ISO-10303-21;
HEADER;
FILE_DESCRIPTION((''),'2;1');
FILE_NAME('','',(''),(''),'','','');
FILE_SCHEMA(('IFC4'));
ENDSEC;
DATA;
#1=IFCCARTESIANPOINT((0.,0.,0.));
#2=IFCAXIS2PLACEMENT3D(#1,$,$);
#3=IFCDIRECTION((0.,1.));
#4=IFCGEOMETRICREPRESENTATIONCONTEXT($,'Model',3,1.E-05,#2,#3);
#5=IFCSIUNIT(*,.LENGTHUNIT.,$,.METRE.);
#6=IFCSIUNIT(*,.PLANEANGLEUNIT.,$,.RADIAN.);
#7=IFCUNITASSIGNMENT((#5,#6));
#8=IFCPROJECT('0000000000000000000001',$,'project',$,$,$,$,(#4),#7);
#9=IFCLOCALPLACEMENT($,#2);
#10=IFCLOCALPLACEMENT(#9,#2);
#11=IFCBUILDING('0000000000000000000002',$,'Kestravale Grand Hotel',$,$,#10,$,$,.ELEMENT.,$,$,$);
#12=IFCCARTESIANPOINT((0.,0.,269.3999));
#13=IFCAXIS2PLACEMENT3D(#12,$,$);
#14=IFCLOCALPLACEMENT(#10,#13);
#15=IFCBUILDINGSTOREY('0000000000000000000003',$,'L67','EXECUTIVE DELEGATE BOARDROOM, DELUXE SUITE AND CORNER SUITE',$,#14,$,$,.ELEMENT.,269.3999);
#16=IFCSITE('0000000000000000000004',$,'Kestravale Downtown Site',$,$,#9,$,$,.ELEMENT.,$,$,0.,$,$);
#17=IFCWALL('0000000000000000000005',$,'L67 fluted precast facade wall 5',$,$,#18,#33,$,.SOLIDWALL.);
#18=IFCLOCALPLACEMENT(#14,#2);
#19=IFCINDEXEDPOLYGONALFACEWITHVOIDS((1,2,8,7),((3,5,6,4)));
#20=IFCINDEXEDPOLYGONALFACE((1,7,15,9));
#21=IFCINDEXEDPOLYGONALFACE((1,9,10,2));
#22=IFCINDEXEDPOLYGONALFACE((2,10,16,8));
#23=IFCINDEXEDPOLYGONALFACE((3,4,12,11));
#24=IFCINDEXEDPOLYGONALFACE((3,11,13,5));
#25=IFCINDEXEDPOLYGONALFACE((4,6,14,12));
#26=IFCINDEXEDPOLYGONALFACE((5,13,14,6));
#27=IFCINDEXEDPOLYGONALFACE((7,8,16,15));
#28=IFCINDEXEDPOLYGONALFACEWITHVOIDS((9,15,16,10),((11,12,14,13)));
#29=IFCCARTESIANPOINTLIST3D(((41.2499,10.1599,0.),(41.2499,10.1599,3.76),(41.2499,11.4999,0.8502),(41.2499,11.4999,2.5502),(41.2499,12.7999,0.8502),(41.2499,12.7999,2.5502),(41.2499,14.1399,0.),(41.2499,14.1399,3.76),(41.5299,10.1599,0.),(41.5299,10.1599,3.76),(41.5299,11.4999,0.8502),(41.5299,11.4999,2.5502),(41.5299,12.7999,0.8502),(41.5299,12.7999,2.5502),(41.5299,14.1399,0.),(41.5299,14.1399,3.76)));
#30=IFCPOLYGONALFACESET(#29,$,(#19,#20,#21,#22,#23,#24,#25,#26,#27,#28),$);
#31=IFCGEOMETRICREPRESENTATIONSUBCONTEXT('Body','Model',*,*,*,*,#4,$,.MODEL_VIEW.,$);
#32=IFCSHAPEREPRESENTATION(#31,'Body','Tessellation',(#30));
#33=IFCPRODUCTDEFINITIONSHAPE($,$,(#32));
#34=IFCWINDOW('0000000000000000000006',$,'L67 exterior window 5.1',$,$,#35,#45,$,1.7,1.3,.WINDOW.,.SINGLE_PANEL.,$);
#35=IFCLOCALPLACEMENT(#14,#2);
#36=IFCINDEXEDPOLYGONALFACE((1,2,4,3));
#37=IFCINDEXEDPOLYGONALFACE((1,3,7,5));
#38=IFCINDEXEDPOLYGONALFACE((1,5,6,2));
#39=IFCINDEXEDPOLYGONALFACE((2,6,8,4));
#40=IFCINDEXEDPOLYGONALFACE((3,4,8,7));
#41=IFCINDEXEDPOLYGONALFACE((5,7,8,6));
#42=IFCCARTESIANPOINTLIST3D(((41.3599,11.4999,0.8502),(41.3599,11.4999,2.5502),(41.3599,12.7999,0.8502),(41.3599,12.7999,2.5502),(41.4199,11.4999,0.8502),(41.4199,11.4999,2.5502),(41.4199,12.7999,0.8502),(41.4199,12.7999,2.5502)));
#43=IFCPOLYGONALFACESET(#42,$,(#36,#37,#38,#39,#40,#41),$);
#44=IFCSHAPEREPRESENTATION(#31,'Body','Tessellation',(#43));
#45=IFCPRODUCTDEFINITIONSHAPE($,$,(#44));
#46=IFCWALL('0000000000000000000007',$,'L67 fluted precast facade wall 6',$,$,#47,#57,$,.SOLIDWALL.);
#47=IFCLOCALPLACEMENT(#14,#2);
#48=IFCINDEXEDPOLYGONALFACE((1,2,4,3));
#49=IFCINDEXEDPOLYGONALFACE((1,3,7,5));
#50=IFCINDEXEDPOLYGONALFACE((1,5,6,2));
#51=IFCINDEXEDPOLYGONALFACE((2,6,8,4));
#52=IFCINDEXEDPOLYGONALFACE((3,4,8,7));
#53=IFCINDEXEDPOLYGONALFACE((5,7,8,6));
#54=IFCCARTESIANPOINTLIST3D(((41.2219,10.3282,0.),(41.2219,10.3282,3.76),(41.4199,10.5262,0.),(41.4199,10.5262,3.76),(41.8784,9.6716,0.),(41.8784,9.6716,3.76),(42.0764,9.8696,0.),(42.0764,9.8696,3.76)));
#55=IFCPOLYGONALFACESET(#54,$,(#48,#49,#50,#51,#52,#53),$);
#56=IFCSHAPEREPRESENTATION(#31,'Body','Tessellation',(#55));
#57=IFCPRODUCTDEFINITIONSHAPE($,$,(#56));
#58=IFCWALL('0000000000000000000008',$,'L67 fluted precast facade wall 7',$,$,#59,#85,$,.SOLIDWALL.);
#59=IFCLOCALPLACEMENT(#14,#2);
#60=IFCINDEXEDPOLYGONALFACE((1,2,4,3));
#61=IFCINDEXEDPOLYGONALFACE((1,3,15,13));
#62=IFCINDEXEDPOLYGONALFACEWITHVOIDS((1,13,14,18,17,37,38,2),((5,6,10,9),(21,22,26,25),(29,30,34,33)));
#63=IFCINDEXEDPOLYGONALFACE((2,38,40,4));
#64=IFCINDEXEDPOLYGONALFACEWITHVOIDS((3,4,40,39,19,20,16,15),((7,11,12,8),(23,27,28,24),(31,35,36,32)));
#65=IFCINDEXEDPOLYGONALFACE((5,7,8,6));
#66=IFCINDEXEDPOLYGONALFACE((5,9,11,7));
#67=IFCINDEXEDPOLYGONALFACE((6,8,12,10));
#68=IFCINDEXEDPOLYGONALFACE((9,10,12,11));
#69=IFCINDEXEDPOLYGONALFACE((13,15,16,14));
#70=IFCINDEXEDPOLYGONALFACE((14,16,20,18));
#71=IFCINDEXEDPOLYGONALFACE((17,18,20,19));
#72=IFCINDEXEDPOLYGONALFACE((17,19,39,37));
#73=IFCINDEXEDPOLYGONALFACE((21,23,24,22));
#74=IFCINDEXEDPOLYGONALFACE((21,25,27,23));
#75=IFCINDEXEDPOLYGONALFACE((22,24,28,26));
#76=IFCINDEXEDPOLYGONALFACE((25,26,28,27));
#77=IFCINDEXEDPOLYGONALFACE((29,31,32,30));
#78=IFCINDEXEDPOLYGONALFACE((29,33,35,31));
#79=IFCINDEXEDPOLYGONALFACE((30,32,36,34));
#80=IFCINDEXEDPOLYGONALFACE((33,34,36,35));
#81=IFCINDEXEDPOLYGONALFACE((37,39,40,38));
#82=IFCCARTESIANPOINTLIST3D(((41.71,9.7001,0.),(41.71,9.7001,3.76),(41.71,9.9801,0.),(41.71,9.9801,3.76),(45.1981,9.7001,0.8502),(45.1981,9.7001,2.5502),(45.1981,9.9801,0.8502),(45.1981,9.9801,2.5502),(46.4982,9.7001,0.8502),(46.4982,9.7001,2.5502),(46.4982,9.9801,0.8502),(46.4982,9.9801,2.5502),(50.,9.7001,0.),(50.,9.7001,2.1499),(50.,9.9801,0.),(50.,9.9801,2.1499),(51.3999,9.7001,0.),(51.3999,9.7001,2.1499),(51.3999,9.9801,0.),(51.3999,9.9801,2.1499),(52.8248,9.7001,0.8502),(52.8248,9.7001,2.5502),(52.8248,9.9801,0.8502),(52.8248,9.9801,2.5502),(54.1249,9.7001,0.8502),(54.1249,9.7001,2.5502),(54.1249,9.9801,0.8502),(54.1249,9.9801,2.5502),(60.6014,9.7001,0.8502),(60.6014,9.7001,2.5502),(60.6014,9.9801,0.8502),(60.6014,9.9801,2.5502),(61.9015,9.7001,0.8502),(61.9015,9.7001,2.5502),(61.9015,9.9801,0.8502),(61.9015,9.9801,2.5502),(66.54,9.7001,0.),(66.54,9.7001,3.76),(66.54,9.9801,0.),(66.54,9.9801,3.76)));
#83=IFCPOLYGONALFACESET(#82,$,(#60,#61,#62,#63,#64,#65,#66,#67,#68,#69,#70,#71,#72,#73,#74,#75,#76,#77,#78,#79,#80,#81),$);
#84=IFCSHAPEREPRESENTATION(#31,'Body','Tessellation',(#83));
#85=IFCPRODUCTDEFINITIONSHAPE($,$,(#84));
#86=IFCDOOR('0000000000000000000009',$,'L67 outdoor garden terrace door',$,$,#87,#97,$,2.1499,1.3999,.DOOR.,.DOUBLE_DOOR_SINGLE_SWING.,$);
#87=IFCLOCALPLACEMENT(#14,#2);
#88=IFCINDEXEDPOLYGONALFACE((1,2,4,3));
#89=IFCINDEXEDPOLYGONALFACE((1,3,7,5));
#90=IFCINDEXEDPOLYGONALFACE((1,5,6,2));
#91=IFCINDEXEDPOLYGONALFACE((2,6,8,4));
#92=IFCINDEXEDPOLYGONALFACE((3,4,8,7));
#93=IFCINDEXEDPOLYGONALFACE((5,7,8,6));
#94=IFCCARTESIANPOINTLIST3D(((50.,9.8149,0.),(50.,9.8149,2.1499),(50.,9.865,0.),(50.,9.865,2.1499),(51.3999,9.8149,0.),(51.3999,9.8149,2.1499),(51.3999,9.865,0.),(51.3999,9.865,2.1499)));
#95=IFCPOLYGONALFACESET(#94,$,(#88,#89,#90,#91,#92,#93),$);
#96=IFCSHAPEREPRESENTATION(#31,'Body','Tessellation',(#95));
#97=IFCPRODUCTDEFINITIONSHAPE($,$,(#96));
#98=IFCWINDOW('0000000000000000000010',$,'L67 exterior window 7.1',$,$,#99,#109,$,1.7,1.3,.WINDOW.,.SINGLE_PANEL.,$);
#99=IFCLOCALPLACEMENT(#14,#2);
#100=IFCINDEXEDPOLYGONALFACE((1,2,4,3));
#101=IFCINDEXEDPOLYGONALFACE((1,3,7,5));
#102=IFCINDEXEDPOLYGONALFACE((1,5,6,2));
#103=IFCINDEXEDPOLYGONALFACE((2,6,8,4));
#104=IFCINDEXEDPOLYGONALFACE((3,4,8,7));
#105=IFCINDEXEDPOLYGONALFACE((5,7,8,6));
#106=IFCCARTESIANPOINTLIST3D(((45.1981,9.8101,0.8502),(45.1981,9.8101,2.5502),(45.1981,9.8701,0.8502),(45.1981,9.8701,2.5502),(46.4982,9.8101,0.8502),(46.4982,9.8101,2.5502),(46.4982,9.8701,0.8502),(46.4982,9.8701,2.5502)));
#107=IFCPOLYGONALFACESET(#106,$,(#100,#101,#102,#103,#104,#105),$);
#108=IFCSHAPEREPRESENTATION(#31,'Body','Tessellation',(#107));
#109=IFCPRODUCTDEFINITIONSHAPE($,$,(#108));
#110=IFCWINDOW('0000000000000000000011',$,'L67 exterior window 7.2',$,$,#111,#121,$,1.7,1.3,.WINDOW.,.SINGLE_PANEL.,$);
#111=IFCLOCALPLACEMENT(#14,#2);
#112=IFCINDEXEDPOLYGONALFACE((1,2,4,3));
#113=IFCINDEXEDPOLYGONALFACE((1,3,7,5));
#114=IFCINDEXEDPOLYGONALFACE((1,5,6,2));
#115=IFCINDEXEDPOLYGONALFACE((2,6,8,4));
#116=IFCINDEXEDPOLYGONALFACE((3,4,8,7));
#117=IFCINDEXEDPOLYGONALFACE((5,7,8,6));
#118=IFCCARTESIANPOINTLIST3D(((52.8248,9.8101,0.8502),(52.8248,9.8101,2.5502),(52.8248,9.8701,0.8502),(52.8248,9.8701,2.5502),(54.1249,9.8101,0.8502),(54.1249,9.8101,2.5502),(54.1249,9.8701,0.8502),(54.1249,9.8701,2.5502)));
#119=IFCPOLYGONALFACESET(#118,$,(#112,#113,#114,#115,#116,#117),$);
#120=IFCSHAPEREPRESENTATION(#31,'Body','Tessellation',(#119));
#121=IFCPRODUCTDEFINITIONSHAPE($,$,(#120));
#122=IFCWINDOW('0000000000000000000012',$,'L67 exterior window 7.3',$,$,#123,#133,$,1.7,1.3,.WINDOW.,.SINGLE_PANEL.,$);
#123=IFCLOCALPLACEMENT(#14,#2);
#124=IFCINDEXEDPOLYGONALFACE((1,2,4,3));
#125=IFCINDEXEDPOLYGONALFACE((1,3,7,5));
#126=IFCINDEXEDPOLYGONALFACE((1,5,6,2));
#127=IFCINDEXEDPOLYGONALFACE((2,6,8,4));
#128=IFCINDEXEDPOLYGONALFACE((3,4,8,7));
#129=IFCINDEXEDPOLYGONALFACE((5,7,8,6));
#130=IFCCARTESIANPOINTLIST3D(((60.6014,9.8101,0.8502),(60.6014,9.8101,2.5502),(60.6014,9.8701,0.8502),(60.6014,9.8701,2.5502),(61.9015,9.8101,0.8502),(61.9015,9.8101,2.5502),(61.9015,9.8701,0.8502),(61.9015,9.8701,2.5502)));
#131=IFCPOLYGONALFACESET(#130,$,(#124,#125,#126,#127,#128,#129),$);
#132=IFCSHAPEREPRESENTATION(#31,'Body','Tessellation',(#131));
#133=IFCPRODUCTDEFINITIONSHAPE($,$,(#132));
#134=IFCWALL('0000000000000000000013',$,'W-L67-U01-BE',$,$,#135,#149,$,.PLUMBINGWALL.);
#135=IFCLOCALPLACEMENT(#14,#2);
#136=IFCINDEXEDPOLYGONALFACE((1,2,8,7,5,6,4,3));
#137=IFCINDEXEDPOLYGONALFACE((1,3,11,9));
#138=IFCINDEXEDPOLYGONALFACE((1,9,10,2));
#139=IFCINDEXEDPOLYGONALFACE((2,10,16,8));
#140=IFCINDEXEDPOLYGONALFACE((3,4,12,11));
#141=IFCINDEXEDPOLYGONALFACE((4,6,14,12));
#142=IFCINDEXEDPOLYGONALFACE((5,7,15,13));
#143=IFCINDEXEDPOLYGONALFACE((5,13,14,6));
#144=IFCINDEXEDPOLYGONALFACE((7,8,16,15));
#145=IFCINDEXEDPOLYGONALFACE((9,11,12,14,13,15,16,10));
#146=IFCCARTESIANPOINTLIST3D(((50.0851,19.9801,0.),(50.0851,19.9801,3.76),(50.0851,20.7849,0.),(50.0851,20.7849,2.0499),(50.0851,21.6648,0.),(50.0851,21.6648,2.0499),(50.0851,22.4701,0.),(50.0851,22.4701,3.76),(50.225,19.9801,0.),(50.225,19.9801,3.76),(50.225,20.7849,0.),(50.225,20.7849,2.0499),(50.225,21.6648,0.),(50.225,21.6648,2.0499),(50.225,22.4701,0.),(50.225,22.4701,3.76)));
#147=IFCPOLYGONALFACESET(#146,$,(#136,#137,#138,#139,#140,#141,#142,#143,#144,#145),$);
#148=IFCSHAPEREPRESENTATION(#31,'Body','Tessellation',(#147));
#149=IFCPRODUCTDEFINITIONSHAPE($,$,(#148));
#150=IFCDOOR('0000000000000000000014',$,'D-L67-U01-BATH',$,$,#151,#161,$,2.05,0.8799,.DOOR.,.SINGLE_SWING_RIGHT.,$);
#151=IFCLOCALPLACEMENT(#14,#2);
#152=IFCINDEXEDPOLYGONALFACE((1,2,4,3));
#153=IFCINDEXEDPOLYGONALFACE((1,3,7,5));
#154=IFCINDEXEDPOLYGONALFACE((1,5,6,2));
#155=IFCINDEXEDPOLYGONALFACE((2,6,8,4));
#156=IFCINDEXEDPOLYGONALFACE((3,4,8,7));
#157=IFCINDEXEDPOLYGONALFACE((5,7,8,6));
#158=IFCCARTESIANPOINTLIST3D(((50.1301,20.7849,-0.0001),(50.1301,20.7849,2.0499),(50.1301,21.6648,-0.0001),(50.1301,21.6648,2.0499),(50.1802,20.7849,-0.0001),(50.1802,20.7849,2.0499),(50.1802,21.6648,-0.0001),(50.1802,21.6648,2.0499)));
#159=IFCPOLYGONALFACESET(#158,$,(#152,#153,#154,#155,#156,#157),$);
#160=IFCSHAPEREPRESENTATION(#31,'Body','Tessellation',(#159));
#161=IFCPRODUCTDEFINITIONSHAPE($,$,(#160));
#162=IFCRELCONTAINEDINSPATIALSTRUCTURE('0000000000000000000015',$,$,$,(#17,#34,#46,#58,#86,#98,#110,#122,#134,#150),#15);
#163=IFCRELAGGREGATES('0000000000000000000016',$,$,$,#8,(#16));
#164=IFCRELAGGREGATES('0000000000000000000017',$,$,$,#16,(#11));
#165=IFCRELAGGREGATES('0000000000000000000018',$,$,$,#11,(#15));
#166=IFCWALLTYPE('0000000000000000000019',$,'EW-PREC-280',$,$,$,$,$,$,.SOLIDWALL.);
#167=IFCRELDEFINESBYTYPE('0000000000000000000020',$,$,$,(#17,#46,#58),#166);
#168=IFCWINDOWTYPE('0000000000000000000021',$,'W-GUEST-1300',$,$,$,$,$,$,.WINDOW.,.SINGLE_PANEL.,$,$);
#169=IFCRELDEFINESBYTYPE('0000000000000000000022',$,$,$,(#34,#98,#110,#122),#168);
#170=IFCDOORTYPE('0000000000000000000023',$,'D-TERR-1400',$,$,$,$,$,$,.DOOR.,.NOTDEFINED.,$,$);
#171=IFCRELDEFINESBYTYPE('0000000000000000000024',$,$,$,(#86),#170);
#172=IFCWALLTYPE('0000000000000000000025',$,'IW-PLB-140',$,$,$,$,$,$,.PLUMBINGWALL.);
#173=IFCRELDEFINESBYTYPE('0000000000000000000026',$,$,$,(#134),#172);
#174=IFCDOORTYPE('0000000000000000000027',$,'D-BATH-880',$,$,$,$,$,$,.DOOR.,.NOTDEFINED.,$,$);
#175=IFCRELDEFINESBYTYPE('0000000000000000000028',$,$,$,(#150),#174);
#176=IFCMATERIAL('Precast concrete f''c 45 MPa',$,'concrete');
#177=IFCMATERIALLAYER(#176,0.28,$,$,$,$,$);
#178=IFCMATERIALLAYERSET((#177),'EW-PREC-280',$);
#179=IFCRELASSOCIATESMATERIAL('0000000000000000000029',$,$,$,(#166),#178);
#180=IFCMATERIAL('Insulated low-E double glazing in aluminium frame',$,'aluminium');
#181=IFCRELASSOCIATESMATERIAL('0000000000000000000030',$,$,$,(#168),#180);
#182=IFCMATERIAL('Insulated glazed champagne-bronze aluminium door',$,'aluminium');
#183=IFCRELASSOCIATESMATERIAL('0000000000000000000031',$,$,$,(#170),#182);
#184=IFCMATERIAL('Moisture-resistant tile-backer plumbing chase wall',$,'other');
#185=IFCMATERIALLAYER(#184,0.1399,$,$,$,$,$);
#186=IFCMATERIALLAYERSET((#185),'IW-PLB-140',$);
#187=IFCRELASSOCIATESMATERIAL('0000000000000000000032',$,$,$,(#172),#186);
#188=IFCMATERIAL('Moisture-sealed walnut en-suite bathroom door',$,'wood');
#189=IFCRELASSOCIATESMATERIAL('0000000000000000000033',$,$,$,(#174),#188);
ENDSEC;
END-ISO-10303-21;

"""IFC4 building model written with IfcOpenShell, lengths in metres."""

from ifc_helpers import new_model, si_unit, direction, frame, frame_2d, origin, place, context, subcontext, project, spatial, rectangle, extrude, material, layer, layer_set, type_object, element, fill, save


model = new_model("IFC4")

# Units and contexts
model_context = context("Model", 3, precision=1e-05, world=origin(), true_north=direction((0.0, 1.0)))
body_context = subcontext(model_context, "Body", "Model", "MODEL_VIEW")
ifc_project = project(units=[si_unit("LENGTHUNIT", "METRE"), si_unit("PLANEANGLEUNIT", "RADIAN")], contexts=[model_context])

# Site, building, storey
site_placement = place(None, origin())
site = spatial("IfcSite", under=ifc_project, at=site_placement, Name="Kestravale Downtown Site", CompositionType="ELEMENT", RefElevation=0.0)
building_placement = place(site_placement, origin())
building = spatial("IfcBuilding", under=site, at=building_placement, Name="Kestravale Grand Hotel", CompositionType="ELEMENT")
storey_placement = place(building_placement, frame((0.0, 0.0, 269.3999)))
storey = spatial("IfcBuildingStorey", under=building, at=storey_placement, Name="L67", Description="EXECUTIVE DELEGATE BOARDROOM, DELUXE SUITE AND CORNER SUITE", CompositionType="ELEMENT", Elevation=269.3999)

# Shared definitions
ifc_material_1 = material(Name="Precast concrete f'c 45 MPa", Category="concrete")
ifc_layer_1 = layer(ifc_material_1, 0.28)
ifc_layer_set_1 = layer_set([ifc_layer_1], Name="EW-PREC-280")
wall_type_1 = type_object("IfcWallType", Name="EW-PREC-280", PredefinedType="SOLIDWALL", material=ifc_layer_set_1)

# Wall, opening, window
ifc_material_2 = material(Name="Insulated low-E double glazing in aluminium frame", Category="aluminium")
window_type = type_object("IfcWindowType", Name="W-GUEST-1300", PartitioningType="SINGLE_PANEL", PredefinedType="WINDOW", material=ifc_material_2)
wall_1_placement = place(storey_placement, frame((41.3899, 14.1399, 0.0), z_axis=(0.0, 0.0, 1.0), x_axis=(0.0, -1.0, 0.0)))
wall_1 = element("IfcWall", 1, at=wall_1_placement, inside=storey, type_object=wall_type_1, Name="L67 fluted precast facade wall 5", PredefinedType="SOLIDWALL", context=body_context, shape_type="SweptSolid", body=[
    extrude(rectangle(XDim=3.98, YDim=0.28, at=frame_2d((1.99, 0.0))), origin(), (0.0, 0.0, 1.0), 3.76),
])
opening_1_placement = place(wall_1_placement, frame((1.3401, 0.0, 0.8501)))
opening_1 = element("IfcOpeningElement", 2, at=opening_1_placement, cuts=wall_1, PredefinedType="OPENING", context=body_context, shape_type="SweptSolid", body=[
    extrude(rectangle(XDim=1.3, YDim=1.7, at=frame_2d((0.6499, 0.8501))), frame((0.0, 0.1499, 0.0), z_axis=(0.0, -1.0, 0.0), x_axis=(1.0, 0.0, 0.0)), (0.0, 0.0, 1.0), 0.3),
])
window_1_placement = place(opening_1_placement, origin())
window_1 = element("IfcWindow", 3, at=window_1_placement, inside=storey, type_object=window_type, Name="L67 exterior window 5.1", OverallHeight=1.7, OverallWidth=1.3, PartitioningType="SINGLE_PANEL", PredefinedType="WINDOW", context=body_context, shape_type="SweptSolid", body=[
    extrude(rectangle(XDim=1.3, YDim=1.7, at=frame_2d((0.6499, 0.8501))), frame((0.0, 0.03, 0.0), z_axis=(0.0, -1.0, 0.0), x_axis=(1.0, 0.0, 0.0)), (0.0, 0.0, 1.0), 0.0601),
])
fill(opening_1, window_1)

# Wall
wall_2_placement = place(storey_placement, frame((41.3208, 10.4272, 0.0), z_axis=(0.0, 0.0, 1.0), x_axis=(0.707107, -0.707107, 0.0)))
element("IfcWall", 4, at=wall_2_placement, inside=storey, type_object=wall_type_1, Name="L67 fluted precast facade wall 6", PredefinedType="SOLIDWALL", context=body_context, shape_type="SweptSolid", body=[
    extrude(rectangle(XDim=0.9285, YDim=0.28, at=frame_2d((0.4644, 0.0))), origin(), (0.0, 0.0, 1.0), 3.76),
])

# Wall, openings, door, windows
wall_3_placement = place(storey_placement, frame((41.71, 9.8401, 0.0), z_axis=(0.0, 0.0, 1.0), x_axis=(1.0, 0.0, 0.0)))
wall_3 = element("IfcWall", 5, at=wall_3_placement, inside=storey, type_object=wall_type_1, Name="L67 fluted precast facade wall 7", PredefinedType="SOLIDWALL", context=body_context, shape_type="SweptSolid", body=[
    extrude(rectangle(XDim=24.8301, YDim=0.28, at=frame_2d((12.415, 0.0))), origin(), (0.0, 0.0, 1.0), 3.76),
])
opening_2_placement = place(wall_3_placement, frame((8.29, 0.0, 0.0)))
opening_2 = element("IfcOpeningElement", 6, at=opening_2_placement, cuts=wall_3, PredefinedType="OPENING", context=body_context, shape_type="SweptSolid", body=[
    extrude(rectangle(XDim=1.3999, YDim=2.1499, at=frame_2d((0.7, 1.075))), frame((0.0, 0.1499, 0.0), z_axis=(0.0, -1.0, 0.0), x_axis=(1.0, 0.0, 0.0)), (0.0, 0.0, 1.0), 0.3),
])
opening_3_placement = place(wall_3_placement, frame((3.4883, 0.0, 0.8501)))
opening_3 = element("IfcOpeningElement", 7, at=opening_3_placement, cuts=wall_3, PredefinedType="OPENING", context=body_context, shape_type="SweptSolid", body=[
    extrude(rectangle(XDim=1.3, YDim=1.7, at=frame_2d((0.6499, 0.8501))), frame((0.0, 0.1499, 0.0), z_axis=(0.0, -1.0, 0.0), x_axis=(1.0, 0.0, 0.0)), (0.0, 0.0, 1.0), 0.3),
])
opening_4_placement = place(wall_3_placement, frame((11.115, 0.0, 0.8501)))
opening_4 = element("IfcOpeningElement", 8, at=opening_4_placement, cuts=wall_3, PredefinedType="OPENING", context=body_context, shape_type="SweptSolid", body=[
    extrude(rectangle(XDim=1.3, YDim=1.7, at=frame_2d((0.6499, 0.8501))), frame((0.0, 0.1499, 0.0), z_axis=(0.0, -1.0, 0.0), x_axis=(1.0, 0.0, 0.0)), (0.0, 0.0, 1.0), 0.3),
])
opening_5_placement = place(wall_3_placement, frame((18.8916, 0.0, 0.8501)))
opening_5 = element("IfcOpeningElement", 9, at=opening_5_placement, cuts=wall_3, PredefinedType="OPENING", context=body_context, shape_type="SweptSolid", body=[
    extrude(rectangle(XDim=1.3, YDim=1.7, at=frame_2d((0.6499, 0.8501))), frame((0.0, 0.1499, 0.0), z_axis=(0.0, -1.0, 0.0), x_axis=(1.0, 0.0, 0.0)), (0.0, 0.0, 1.0), 0.3),
])
ifc_material_3 = material(Name="Insulated glazed champagne-bronze aluminium door", Category="aluminium")
door_type_1 = type_object("IfcDoorType", Name="D-TERR-1400", OperationType="NOTDEFINED", PredefinedType="DOOR", material=ifc_material_3)
door_1_placement = place(opening_2_placement, origin())
door_1 = element("IfcDoor", 10, at=door_1_placement, inside=storey, type_object=door_type_1, Name="L67 outdoor garden terrace door", OperationType="DOUBLE_DOOR_SINGLE_SWING", OverallHeight=2.1499, OverallWidth=1.3999, PredefinedType="DOOR", context=body_context, shape_type="SweptSolid", body=[
    extrude(rectangle(XDim=1.3999, YDim=2.1499, at=frame_2d((0.7, 1.075))), frame((0.0, 0.0249, 0.0), z_axis=(0.0, -1.0, 0.0), x_axis=(1.0, 0.0, 0.0)), (0.0, 0.0, 1.0), 0.05),
])
fill(opening_2, door_1)
window_2_placement = place(opening_3_placement, origin())
window_2 = element("IfcWindow", 11, at=window_2_placement, inside=storey, type_object=window_type, Name="L67 exterior window 7.1", OverallHeight=1.7, OverallWidth=1.3, PartitioningType="SINGLE_PANEL", PredefinedType="WINDOW", context=body_context, shape_type="SweptSolid", body=[
    extrude(rectangle(XDim=1.3, YDim=1.7, at=frame_2d((0.6499, 0.8501))), frame((0.0, 0.03, 0.0), z_axis=(0.0, -1.0, 0.0), x_axis=(1.0, 0.0, 0.0)), (0.0, 0.0, 1.0), 0.0601),
])
fill(opening_3, window_2)
window_3_placement = place(opening_4_placement, origin())
window_3 = element("IfcWindow", 12, at=window_3_placement, inside=storey, type_object=window_type, Name="L67 exterior window 7.2", OverallHeight=1.7, OverallWidth=1.3, PartitioningType="SINGLE_PANEL", PredefinedType="WINDOW", context=body_context, shape_type="SweptSolid", body=[
    extrude(rectangle(XDim=1.3, YDim=1.7, at=frame_2d((0.6499, 0.8501))), frame((0.0, 0.03, 0.0), z_axis=(0.0, -1.0, 0.0), x_axis=(1.0, 0.0, 0.0)), (0.0, 0.0, 1.0), 0.0601),
])
fill(opening_4, window_3)
window_4_placement = place(opening_5_placement, origin())
window_4 = element("IfcWindow", 13, at=window_4_placement, inside=storey, type_object=window_type, Name="L67 exterior window 7.3", OverallHeight=1.7, OverallWidth=1.3, PartitioningType="SINGLE_PANEL", PredefinedType="WINDOW", context=body_context, shape_type="SweptSolid", body=[
    extrude(rectangle(XDim=1.3, YDim=1.7, at=frame_2d((0.6499, 0.8501))), frame((0.0, 0.03, 0.0), z_axis=(0.0, -1.0, 0.0), x_axis=(1.0, 0.0, 0.0)), (0.0, 0.0, 1.0), 0.0601),
])
fill(opening_5, window_4)

# Wall, opening, door
ifc_material_4 = material(Name="Moisture-resistant tile-backer plumbing chase wall", Category="other")
ifc_layer_2 = layer(ifc_material_4, 0.1399)
ifc_layer_set_2 = layer_set([ifc_layer_2], Name="IW-PLB-140")
wall_type_2 = type_object("IfcWallType", Name="IW-PLB-140", PredefinedType="PLUMBINGWALL", material=ifc_layer_set_2)
wall_4_placement = place(storey_placement, frame((50.155, 19.98, 0.0), z_axis=(0.0, 0.0, 1.0), x_axis=(0.0, 1.0, 0.0)))
wall_4 = element("IfcWall", 14, at=wall_4_placement, inside=storey, type_object=wall_type_2, Name="W-L67-U01-BE", PredefinedType="PLUMBINGWALL", context=body_context, shape_type="SweptSolid", body=[
    extrude(rectangle(XDim=2.49, YDim=0.1399, at=frame_2d((1.2451, 0.0))), origin(), (0.0, 0.0, 1.0), 3.76),
])
opening_6_placement = place(wall_4_placement, frame((0.8049, 0.0, 0.0)))
opening_6 = element("IfcOpeningElement", 15, at=opening_6_placement, cuts=wall_4, PredefinedType="OPENING", context=body_context, shape_type="SweptSolid", body=[
    extrude(rectangle(XDim=0.8799, YDim=2.05, at=frame_2d((0.4399, 1.0249))), frame((0.0, 0.0798, 0.0), z_axis=(0.0, -1.0, 0.0), x_axis=(1.0, 0.0, 0.0)), (0.0, 0.0, 1.0), 0.1599),
])
ifc_material_5 = material(Name="Moisture-sealed walnut en-suite bathroom door", Category="wood")
door_type_2 = type_object("IfcDoorType", Name="D-BATH-880", OperationType="NOTDEFINED", PredefinedType="DOOR", material=ifc_material_5)
door_2_placement = place(opening_6_placement, origin())
door_2 = element("IfcDoor", 16, at=door_2_placement, inside=storey, type_object=door_type_2, Name="D-L67-U01-BATH", OperationType="SINGLE_SWING_RIGHT", OverallHeight=2.05, OverallWidth=0.8799, PredefinedType="DOOR", context=body_context, shape_type="SweptSolid", body=[
    extrude(rectangle(XDim=0.8799, YDim=2.05, at=frame_2d((0.4399, 1.0249))), frame((0.0, 0.0249, 0.0), z_axis=(0.0, -1.0, 0.0), x_axis=(1.0, 0.0, 0.0)), (0.0, 0.0, 1.0), 0.05),
])
fill(opening_6, door_2)

save(model, "model.ifc")
